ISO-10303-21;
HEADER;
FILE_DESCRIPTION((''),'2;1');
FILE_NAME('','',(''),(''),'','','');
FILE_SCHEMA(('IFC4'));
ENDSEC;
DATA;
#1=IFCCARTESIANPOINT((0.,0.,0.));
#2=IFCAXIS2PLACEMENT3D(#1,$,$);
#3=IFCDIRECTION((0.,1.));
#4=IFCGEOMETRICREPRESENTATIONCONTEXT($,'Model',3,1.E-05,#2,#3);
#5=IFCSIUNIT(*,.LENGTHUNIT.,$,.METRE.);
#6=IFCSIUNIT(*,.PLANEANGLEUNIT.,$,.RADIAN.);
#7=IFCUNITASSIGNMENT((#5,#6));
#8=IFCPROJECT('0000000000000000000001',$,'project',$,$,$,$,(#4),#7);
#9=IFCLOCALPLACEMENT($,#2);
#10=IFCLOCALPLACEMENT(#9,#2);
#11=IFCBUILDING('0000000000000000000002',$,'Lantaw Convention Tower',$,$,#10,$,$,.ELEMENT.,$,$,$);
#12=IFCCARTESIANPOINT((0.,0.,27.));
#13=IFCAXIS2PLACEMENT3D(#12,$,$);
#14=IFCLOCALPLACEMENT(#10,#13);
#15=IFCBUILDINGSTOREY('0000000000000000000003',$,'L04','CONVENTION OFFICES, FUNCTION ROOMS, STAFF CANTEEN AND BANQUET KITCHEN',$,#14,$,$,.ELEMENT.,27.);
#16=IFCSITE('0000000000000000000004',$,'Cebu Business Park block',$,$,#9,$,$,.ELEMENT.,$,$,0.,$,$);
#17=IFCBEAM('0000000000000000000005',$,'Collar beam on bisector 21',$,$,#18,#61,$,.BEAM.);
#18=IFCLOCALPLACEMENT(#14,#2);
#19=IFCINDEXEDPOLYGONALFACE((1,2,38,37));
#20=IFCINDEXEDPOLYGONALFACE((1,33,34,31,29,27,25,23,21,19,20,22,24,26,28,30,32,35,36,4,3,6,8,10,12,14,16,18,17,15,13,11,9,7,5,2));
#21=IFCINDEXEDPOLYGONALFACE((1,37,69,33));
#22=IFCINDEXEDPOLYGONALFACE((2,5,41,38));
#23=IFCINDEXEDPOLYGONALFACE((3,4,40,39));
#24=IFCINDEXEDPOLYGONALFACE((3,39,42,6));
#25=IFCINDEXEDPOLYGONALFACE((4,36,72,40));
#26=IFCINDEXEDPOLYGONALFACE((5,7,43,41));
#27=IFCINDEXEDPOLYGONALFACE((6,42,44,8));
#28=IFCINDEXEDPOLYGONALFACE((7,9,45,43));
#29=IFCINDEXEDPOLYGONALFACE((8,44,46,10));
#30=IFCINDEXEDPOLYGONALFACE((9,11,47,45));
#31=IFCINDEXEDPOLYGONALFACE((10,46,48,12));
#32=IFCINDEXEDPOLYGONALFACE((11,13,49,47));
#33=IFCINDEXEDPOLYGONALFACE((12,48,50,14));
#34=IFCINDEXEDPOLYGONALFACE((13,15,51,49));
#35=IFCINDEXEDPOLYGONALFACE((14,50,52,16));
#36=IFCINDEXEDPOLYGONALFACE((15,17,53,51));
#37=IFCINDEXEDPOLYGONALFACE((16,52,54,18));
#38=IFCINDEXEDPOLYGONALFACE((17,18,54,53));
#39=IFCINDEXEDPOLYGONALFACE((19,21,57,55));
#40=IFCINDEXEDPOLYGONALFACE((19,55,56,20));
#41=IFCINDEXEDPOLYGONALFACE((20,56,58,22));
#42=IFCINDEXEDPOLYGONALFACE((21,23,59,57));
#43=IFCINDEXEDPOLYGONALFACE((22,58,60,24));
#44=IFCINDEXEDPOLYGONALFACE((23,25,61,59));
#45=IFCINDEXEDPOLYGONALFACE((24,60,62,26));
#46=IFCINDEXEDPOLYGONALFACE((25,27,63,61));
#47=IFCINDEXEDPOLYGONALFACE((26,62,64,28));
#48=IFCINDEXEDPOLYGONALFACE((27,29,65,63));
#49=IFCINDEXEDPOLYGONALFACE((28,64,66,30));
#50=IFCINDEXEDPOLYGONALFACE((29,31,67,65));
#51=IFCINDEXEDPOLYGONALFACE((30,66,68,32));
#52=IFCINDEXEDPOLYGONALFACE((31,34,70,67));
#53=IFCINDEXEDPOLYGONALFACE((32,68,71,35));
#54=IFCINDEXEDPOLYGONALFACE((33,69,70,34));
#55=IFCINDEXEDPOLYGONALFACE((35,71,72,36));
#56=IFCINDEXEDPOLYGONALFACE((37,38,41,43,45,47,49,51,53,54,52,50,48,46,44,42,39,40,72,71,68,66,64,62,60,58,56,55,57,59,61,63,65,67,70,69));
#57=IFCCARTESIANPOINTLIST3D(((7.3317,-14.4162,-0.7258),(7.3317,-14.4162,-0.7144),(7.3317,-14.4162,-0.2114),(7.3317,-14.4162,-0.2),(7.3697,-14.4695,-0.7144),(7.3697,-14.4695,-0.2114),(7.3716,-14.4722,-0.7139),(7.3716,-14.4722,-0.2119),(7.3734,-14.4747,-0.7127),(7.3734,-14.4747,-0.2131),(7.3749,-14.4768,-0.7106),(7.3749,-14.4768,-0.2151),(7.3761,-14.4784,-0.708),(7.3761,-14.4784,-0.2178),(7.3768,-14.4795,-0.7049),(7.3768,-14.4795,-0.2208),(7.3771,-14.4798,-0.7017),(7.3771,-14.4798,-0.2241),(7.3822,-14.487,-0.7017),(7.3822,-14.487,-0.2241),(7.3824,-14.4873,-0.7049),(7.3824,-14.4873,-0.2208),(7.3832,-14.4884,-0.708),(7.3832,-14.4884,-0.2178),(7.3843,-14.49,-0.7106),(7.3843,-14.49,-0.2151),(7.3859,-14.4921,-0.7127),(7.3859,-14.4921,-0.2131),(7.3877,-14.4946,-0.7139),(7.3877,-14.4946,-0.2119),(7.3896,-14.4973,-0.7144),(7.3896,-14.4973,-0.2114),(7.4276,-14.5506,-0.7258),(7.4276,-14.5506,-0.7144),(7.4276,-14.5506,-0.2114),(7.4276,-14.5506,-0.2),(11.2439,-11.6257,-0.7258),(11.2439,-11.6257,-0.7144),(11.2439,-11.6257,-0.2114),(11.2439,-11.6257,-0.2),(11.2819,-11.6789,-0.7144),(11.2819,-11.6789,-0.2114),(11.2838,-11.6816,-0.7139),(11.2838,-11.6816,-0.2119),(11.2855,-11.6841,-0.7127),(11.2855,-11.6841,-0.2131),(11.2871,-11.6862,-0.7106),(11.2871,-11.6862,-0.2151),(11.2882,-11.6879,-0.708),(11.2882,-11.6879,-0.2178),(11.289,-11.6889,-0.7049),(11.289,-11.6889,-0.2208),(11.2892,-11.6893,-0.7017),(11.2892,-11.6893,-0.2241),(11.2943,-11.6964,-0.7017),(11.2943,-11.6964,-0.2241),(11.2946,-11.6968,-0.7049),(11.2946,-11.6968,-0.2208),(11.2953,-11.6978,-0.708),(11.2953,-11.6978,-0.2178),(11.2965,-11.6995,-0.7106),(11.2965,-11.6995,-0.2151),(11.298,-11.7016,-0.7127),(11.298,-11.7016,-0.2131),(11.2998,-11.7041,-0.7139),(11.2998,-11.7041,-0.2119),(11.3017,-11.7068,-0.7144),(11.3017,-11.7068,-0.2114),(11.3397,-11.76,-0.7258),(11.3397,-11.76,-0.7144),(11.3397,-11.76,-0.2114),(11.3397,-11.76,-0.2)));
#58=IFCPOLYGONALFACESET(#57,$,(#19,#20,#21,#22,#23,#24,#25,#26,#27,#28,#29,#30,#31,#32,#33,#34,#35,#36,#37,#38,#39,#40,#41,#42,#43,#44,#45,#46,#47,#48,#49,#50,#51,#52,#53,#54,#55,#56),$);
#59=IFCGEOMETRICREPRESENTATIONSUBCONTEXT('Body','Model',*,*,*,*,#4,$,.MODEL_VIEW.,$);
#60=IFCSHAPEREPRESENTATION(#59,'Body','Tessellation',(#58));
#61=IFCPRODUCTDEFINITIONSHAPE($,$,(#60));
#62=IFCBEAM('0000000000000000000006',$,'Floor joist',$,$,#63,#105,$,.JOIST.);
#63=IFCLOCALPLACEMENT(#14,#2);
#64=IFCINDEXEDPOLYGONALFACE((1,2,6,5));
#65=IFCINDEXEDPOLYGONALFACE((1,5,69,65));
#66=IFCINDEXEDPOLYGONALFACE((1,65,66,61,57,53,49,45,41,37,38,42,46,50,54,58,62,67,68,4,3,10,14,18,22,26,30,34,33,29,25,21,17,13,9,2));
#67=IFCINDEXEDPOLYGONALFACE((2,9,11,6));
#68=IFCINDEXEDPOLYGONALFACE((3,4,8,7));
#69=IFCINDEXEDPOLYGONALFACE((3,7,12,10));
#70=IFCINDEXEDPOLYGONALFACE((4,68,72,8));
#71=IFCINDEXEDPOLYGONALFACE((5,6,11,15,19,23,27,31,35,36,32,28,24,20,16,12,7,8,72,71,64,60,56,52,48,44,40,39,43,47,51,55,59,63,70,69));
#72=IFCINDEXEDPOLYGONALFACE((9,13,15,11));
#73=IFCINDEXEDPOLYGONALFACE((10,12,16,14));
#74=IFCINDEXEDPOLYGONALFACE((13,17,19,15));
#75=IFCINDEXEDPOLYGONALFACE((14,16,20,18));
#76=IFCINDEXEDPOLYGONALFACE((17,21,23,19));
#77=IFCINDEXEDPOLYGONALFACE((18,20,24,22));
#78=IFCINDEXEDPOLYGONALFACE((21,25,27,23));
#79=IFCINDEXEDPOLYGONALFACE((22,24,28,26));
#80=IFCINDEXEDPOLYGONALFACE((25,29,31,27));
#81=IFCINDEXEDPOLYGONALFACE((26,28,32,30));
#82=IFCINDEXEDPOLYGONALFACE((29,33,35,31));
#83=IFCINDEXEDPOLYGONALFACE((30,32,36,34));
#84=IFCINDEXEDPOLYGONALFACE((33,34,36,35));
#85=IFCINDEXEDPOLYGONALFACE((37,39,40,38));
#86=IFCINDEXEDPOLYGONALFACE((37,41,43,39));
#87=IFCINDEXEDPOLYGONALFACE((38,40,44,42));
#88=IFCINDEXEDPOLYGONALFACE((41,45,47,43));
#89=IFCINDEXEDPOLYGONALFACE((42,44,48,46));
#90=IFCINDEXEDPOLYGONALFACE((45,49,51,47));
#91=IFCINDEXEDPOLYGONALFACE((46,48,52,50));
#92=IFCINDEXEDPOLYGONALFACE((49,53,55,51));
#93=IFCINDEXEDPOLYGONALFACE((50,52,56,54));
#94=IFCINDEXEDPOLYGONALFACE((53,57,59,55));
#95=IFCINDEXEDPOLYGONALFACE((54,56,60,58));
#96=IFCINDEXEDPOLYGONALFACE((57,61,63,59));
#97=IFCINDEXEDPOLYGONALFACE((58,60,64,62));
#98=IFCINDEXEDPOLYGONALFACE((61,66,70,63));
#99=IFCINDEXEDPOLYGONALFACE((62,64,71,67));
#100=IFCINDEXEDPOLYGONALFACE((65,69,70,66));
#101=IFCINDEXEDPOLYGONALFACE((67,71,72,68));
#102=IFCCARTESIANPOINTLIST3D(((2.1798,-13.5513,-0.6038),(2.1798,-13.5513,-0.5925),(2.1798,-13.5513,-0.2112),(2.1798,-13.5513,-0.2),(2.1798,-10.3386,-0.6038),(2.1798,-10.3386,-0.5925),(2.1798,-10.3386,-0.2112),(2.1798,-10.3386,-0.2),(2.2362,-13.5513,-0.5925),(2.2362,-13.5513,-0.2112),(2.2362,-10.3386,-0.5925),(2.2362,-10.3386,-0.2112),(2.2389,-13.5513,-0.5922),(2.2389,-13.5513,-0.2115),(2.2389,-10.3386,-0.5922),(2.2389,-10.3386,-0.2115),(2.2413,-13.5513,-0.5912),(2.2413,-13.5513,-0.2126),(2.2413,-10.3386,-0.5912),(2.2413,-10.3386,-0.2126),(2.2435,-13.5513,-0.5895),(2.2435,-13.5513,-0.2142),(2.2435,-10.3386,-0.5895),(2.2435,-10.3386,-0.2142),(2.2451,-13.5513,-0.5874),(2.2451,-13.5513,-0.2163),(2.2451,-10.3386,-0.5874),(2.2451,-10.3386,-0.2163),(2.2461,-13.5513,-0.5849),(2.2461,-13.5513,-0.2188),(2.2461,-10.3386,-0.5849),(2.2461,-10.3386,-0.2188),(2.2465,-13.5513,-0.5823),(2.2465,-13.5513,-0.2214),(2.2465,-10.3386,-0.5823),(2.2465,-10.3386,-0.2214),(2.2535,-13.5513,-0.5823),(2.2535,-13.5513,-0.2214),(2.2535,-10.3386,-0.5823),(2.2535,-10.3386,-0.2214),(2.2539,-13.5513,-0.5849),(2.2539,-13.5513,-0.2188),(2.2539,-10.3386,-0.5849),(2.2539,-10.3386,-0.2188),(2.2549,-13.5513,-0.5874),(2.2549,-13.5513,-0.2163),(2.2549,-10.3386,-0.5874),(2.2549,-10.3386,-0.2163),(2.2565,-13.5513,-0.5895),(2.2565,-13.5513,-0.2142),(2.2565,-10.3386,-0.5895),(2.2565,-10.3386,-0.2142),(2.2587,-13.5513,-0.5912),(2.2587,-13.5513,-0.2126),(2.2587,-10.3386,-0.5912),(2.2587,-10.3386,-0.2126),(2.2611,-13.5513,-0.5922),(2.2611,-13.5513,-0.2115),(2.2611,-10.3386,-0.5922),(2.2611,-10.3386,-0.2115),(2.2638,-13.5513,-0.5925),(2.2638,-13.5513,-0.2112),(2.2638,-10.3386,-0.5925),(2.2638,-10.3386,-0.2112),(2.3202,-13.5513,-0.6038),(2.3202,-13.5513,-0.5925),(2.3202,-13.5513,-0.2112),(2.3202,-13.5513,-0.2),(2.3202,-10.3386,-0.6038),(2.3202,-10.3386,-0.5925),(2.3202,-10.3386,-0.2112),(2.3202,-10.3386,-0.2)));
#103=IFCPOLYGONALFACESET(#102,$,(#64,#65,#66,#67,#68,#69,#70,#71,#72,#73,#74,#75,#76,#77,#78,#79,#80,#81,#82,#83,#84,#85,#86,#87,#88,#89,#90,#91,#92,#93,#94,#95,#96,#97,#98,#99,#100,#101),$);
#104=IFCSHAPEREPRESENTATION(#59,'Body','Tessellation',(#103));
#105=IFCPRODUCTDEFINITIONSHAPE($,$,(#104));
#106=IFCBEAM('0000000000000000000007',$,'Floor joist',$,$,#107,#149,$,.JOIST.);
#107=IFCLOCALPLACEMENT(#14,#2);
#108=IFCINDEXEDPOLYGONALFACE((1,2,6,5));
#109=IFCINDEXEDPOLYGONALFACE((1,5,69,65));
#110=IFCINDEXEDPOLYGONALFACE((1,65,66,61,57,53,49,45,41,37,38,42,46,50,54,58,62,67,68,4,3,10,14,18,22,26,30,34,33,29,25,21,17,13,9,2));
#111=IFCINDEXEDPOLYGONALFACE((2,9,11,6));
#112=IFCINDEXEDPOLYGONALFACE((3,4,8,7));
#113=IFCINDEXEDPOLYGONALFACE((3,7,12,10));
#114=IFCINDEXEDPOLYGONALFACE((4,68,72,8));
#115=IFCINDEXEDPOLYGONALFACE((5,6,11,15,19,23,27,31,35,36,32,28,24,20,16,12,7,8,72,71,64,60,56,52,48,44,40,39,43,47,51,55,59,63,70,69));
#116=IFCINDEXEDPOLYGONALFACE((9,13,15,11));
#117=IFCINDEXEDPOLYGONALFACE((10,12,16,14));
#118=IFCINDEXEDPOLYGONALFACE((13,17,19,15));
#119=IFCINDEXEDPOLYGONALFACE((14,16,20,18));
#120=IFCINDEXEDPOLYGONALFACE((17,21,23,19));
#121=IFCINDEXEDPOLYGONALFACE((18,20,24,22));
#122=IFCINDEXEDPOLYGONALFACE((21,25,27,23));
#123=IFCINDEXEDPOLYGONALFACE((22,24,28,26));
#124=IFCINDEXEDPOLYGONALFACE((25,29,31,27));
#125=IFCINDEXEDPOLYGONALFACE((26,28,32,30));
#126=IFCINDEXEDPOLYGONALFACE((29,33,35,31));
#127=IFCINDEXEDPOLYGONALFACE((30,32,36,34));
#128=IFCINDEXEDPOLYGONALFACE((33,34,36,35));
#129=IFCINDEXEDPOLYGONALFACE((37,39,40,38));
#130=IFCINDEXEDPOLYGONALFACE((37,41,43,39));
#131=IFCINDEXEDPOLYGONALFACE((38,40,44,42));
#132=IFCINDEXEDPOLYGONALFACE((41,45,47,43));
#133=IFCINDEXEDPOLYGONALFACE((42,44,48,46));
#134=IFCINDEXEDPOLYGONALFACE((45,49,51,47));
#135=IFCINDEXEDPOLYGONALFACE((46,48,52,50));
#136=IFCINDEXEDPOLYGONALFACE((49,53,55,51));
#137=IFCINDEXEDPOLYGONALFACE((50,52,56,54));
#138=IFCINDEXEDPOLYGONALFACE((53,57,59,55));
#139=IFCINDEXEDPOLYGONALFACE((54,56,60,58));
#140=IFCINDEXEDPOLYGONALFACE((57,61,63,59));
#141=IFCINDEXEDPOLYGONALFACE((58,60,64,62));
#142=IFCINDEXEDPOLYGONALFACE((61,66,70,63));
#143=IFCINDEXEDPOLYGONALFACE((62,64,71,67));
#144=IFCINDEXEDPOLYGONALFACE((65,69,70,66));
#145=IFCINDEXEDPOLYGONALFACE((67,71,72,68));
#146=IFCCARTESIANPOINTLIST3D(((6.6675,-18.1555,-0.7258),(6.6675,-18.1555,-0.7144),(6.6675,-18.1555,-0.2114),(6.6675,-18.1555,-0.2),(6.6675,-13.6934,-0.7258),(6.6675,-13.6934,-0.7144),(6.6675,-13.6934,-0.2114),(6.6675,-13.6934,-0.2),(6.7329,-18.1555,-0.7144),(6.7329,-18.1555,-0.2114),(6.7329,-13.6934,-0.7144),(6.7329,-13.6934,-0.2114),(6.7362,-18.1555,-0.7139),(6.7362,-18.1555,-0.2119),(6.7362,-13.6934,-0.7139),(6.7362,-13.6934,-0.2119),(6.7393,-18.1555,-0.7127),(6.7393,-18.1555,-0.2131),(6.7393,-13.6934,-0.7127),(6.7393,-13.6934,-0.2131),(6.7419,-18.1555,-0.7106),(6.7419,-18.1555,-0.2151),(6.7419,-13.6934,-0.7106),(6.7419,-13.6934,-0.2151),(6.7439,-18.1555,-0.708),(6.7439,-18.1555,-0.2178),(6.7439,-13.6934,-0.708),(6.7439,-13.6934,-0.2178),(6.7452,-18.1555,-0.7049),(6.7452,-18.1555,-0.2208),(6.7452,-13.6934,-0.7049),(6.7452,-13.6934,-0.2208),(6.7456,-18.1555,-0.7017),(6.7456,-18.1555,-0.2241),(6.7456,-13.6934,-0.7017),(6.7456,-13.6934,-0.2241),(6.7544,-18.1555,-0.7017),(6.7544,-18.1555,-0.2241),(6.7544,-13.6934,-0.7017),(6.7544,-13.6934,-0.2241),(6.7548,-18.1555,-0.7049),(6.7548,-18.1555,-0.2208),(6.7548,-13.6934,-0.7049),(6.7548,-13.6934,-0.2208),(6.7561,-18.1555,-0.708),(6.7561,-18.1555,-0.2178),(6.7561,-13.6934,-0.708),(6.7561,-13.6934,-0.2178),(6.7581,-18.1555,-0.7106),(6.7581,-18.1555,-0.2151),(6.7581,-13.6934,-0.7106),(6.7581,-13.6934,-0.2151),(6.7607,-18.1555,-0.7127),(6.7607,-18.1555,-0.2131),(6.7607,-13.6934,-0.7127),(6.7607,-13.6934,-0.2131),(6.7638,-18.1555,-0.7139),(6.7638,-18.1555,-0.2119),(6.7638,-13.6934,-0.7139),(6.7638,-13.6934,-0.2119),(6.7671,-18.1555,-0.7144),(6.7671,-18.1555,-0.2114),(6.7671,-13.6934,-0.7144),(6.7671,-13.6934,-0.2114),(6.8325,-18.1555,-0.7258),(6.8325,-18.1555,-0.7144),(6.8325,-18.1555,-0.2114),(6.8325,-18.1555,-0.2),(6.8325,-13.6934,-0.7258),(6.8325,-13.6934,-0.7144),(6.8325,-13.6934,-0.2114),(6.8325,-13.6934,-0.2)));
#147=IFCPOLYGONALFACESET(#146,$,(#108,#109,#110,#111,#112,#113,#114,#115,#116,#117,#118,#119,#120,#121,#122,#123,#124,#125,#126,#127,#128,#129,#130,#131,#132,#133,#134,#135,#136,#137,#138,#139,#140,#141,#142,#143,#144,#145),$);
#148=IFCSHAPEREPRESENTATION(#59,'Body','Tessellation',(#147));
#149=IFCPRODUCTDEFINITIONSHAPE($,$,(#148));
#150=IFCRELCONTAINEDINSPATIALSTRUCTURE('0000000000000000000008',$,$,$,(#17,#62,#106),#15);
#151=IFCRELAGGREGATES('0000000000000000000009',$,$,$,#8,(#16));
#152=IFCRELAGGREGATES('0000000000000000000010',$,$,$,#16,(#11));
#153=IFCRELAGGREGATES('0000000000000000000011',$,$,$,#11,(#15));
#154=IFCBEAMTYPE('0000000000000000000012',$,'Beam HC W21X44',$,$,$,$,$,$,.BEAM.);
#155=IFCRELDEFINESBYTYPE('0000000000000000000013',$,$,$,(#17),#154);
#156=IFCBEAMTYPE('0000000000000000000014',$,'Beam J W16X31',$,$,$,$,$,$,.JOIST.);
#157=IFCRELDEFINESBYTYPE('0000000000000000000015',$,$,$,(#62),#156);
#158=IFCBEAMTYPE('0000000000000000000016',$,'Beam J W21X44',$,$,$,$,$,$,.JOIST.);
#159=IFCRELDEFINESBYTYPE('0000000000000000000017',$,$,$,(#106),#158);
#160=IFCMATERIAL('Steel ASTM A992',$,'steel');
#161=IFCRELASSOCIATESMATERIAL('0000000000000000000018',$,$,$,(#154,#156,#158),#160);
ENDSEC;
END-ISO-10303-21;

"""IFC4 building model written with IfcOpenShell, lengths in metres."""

from ifc_helpers import new_model, si_unit, direction, frame, origin, origin_2d, place, context, subcontext, project, spatial, i_section, extrude, material, material_profile, profile_set, type_object, element, save


model = new_model("IFC4")

# Units and contexts
model_context = context("Model", 3, precision=1e-05, world=origin(), true_north=direction((0.0, 1.0)))
body_context = subcontext(model_context, "Body", "Model", "MODEL_VIEW")
ifc_project = project(units=[si_unit("LENGTHUNIT", "METRE"), si_unit("PLANEANGLEUNIT", "RADIAN")], contexts=[model_context])

# Site, building, storey
site_placement = place(None, origin())
site = spatial("IfcSite", under=ifc_project, at=site_placement, Name="Cebu Business Park block", CompositionType="ELEMENT", RefElevation=0.0)
building_placement = place(site_placement, origin())
building = spatial("IfcBuilding", under=site, at=building_placement, Name="Lantaw Convention Tower", CompositionType="ELEMENT")
storey_placement = place(building_placement, frame((0.0, 0.0, 27.0)))
storey = spatial("IfcBuildingStorey", under=building, at=storey_placement, Name="L04", Description="CONVENTION OFFICES, FUNCTION ROOMS, STAFF CANTEEN AND BANQUET KITCHEN", CompositionType="ELEMENT", Elevation=27.0)

# Beams
ifc_material_1 = material(Name="Steel ASTM A992", Category="steel")
ifc_material_profile_1 = material_profile(ifc_material_1, i_section(OverallWidth=0.165, OverallDepth=0.5259, WebThickness=0.0088, FlangeThickness=0.0115, FilletRadius=0.0127, at=origin_2d()), Name="W21X44")
ifc_profile_set_1 = profile_set([ifc_material_profile_1], Name="Steel ASTM A992")
beam_type_1 = type_object("IfcBeamType", Name="Beam HC W21X44", PredefinedType="BEAM", material=ifc_profile_set_1)
beam_1_placement = place(storey_placement, frame((7.3796, -14.4834, -0.4629), z_axis=(0.814111, 0.580709, 0.0), x_axis=(-0.580709, 0.814111, 0.0)))
element("IfcBeam", 1, at=beam_1_placement, inside=storey, type_object=beam_type_1, Name="Collar beam on bisector 21", PredefinedType="BEAM", context=body_context, shape_type="SweptSolid", body=[
    extrude(i_section(OverallWidth=0.165, OverallDepth=0.5259, WebThickness=0.0088, FlangeThickness=0.0115, FilletRadius=0.0127, at=origin_2d()), origin(), (0.0, 0.0, 1.0), 4.8054),
])
ifc_material_profile_2 = material_profile(ifc_material_1, i_section(OverallWidth=0.1404, OverallDepth=0.4038, WebThickness=0.0071, FlangeThickness=0.0112, FilletRadius=0.0103, at=origin_2d()), Name="W16X31")
ifc_profile_set_2 = profile_set([ifc_material_profile_2], Name="Steel ASTM A992")
beam_type_2 = type_object("IfcBeamType", Name="Beam J W16X31", PredefinedType="JOIST", material=ifc_profile_set_2)
beam_2_placement = place(storey_placement, frame((2.25, -13.5513, -0.4019), z_axis=(0.0, 1.0, 0.0), x_axis=(-1.0, 0.0, 0.0)))
element("IfcBeam", 2, at=beam_2_placement, inside=storey, type_object=beam_type_2, Name="Floor joist", PredefinedType="JOIST", context=body_context, shape_type="SweptSolid", body=[
    extrude(i_section(OverallWidth=0.1404, OverallDepth=0.4038, WebThickness=0.0071, FlangeThickness=0.0112, FilletRadius=0.0103, at=origin_2d()), origin(), (0.0, 0.0, 1.0), 3.2126),
])
ifc_material_profile_3 = material_profile(ifc_material_1, i_section(OverallWidth=0.165, OverallDepth=0.5259, WebThickness=0.0088, FlangeThickness=0.0115, FilletRadius=0.0127, at=origin_2d()), Name="W21X44")
ifc_profile_set_3 = profile_set([ifc_material_profile_3], Name="Steel ASTM A992")
beam_type_3 = type_object("IfcBeamType", Name="Beam J W21X44", PredefinedType="JOIST", material=ifc_profile_set_3)
beam_3_placement = place(storey_placement, frame((6.75, -18.1555, -0.4629), z_axis=(0.0, 1.0, 0.0), x_axis=(-1.0, 0.0, 0.0)))
element("IfcBeam", 3, at=beam_3_placement, inside=storey, type_object=beam_type_3, Name="Floor joist", PredefinedType="JOIST", context=body_context, shape_type="SweptSolid", body=[
    extrude(i_section(OverallWidth=0.165, OverallDepth=0.5259, WebThickness=0.0088, FlangeThickness=0.0115, FilletRadius=0.0127, at=origin_2d()), origin(), (0.0, 0.0, 1.0), 4.4622),
])

save(model, "model.ifc")
